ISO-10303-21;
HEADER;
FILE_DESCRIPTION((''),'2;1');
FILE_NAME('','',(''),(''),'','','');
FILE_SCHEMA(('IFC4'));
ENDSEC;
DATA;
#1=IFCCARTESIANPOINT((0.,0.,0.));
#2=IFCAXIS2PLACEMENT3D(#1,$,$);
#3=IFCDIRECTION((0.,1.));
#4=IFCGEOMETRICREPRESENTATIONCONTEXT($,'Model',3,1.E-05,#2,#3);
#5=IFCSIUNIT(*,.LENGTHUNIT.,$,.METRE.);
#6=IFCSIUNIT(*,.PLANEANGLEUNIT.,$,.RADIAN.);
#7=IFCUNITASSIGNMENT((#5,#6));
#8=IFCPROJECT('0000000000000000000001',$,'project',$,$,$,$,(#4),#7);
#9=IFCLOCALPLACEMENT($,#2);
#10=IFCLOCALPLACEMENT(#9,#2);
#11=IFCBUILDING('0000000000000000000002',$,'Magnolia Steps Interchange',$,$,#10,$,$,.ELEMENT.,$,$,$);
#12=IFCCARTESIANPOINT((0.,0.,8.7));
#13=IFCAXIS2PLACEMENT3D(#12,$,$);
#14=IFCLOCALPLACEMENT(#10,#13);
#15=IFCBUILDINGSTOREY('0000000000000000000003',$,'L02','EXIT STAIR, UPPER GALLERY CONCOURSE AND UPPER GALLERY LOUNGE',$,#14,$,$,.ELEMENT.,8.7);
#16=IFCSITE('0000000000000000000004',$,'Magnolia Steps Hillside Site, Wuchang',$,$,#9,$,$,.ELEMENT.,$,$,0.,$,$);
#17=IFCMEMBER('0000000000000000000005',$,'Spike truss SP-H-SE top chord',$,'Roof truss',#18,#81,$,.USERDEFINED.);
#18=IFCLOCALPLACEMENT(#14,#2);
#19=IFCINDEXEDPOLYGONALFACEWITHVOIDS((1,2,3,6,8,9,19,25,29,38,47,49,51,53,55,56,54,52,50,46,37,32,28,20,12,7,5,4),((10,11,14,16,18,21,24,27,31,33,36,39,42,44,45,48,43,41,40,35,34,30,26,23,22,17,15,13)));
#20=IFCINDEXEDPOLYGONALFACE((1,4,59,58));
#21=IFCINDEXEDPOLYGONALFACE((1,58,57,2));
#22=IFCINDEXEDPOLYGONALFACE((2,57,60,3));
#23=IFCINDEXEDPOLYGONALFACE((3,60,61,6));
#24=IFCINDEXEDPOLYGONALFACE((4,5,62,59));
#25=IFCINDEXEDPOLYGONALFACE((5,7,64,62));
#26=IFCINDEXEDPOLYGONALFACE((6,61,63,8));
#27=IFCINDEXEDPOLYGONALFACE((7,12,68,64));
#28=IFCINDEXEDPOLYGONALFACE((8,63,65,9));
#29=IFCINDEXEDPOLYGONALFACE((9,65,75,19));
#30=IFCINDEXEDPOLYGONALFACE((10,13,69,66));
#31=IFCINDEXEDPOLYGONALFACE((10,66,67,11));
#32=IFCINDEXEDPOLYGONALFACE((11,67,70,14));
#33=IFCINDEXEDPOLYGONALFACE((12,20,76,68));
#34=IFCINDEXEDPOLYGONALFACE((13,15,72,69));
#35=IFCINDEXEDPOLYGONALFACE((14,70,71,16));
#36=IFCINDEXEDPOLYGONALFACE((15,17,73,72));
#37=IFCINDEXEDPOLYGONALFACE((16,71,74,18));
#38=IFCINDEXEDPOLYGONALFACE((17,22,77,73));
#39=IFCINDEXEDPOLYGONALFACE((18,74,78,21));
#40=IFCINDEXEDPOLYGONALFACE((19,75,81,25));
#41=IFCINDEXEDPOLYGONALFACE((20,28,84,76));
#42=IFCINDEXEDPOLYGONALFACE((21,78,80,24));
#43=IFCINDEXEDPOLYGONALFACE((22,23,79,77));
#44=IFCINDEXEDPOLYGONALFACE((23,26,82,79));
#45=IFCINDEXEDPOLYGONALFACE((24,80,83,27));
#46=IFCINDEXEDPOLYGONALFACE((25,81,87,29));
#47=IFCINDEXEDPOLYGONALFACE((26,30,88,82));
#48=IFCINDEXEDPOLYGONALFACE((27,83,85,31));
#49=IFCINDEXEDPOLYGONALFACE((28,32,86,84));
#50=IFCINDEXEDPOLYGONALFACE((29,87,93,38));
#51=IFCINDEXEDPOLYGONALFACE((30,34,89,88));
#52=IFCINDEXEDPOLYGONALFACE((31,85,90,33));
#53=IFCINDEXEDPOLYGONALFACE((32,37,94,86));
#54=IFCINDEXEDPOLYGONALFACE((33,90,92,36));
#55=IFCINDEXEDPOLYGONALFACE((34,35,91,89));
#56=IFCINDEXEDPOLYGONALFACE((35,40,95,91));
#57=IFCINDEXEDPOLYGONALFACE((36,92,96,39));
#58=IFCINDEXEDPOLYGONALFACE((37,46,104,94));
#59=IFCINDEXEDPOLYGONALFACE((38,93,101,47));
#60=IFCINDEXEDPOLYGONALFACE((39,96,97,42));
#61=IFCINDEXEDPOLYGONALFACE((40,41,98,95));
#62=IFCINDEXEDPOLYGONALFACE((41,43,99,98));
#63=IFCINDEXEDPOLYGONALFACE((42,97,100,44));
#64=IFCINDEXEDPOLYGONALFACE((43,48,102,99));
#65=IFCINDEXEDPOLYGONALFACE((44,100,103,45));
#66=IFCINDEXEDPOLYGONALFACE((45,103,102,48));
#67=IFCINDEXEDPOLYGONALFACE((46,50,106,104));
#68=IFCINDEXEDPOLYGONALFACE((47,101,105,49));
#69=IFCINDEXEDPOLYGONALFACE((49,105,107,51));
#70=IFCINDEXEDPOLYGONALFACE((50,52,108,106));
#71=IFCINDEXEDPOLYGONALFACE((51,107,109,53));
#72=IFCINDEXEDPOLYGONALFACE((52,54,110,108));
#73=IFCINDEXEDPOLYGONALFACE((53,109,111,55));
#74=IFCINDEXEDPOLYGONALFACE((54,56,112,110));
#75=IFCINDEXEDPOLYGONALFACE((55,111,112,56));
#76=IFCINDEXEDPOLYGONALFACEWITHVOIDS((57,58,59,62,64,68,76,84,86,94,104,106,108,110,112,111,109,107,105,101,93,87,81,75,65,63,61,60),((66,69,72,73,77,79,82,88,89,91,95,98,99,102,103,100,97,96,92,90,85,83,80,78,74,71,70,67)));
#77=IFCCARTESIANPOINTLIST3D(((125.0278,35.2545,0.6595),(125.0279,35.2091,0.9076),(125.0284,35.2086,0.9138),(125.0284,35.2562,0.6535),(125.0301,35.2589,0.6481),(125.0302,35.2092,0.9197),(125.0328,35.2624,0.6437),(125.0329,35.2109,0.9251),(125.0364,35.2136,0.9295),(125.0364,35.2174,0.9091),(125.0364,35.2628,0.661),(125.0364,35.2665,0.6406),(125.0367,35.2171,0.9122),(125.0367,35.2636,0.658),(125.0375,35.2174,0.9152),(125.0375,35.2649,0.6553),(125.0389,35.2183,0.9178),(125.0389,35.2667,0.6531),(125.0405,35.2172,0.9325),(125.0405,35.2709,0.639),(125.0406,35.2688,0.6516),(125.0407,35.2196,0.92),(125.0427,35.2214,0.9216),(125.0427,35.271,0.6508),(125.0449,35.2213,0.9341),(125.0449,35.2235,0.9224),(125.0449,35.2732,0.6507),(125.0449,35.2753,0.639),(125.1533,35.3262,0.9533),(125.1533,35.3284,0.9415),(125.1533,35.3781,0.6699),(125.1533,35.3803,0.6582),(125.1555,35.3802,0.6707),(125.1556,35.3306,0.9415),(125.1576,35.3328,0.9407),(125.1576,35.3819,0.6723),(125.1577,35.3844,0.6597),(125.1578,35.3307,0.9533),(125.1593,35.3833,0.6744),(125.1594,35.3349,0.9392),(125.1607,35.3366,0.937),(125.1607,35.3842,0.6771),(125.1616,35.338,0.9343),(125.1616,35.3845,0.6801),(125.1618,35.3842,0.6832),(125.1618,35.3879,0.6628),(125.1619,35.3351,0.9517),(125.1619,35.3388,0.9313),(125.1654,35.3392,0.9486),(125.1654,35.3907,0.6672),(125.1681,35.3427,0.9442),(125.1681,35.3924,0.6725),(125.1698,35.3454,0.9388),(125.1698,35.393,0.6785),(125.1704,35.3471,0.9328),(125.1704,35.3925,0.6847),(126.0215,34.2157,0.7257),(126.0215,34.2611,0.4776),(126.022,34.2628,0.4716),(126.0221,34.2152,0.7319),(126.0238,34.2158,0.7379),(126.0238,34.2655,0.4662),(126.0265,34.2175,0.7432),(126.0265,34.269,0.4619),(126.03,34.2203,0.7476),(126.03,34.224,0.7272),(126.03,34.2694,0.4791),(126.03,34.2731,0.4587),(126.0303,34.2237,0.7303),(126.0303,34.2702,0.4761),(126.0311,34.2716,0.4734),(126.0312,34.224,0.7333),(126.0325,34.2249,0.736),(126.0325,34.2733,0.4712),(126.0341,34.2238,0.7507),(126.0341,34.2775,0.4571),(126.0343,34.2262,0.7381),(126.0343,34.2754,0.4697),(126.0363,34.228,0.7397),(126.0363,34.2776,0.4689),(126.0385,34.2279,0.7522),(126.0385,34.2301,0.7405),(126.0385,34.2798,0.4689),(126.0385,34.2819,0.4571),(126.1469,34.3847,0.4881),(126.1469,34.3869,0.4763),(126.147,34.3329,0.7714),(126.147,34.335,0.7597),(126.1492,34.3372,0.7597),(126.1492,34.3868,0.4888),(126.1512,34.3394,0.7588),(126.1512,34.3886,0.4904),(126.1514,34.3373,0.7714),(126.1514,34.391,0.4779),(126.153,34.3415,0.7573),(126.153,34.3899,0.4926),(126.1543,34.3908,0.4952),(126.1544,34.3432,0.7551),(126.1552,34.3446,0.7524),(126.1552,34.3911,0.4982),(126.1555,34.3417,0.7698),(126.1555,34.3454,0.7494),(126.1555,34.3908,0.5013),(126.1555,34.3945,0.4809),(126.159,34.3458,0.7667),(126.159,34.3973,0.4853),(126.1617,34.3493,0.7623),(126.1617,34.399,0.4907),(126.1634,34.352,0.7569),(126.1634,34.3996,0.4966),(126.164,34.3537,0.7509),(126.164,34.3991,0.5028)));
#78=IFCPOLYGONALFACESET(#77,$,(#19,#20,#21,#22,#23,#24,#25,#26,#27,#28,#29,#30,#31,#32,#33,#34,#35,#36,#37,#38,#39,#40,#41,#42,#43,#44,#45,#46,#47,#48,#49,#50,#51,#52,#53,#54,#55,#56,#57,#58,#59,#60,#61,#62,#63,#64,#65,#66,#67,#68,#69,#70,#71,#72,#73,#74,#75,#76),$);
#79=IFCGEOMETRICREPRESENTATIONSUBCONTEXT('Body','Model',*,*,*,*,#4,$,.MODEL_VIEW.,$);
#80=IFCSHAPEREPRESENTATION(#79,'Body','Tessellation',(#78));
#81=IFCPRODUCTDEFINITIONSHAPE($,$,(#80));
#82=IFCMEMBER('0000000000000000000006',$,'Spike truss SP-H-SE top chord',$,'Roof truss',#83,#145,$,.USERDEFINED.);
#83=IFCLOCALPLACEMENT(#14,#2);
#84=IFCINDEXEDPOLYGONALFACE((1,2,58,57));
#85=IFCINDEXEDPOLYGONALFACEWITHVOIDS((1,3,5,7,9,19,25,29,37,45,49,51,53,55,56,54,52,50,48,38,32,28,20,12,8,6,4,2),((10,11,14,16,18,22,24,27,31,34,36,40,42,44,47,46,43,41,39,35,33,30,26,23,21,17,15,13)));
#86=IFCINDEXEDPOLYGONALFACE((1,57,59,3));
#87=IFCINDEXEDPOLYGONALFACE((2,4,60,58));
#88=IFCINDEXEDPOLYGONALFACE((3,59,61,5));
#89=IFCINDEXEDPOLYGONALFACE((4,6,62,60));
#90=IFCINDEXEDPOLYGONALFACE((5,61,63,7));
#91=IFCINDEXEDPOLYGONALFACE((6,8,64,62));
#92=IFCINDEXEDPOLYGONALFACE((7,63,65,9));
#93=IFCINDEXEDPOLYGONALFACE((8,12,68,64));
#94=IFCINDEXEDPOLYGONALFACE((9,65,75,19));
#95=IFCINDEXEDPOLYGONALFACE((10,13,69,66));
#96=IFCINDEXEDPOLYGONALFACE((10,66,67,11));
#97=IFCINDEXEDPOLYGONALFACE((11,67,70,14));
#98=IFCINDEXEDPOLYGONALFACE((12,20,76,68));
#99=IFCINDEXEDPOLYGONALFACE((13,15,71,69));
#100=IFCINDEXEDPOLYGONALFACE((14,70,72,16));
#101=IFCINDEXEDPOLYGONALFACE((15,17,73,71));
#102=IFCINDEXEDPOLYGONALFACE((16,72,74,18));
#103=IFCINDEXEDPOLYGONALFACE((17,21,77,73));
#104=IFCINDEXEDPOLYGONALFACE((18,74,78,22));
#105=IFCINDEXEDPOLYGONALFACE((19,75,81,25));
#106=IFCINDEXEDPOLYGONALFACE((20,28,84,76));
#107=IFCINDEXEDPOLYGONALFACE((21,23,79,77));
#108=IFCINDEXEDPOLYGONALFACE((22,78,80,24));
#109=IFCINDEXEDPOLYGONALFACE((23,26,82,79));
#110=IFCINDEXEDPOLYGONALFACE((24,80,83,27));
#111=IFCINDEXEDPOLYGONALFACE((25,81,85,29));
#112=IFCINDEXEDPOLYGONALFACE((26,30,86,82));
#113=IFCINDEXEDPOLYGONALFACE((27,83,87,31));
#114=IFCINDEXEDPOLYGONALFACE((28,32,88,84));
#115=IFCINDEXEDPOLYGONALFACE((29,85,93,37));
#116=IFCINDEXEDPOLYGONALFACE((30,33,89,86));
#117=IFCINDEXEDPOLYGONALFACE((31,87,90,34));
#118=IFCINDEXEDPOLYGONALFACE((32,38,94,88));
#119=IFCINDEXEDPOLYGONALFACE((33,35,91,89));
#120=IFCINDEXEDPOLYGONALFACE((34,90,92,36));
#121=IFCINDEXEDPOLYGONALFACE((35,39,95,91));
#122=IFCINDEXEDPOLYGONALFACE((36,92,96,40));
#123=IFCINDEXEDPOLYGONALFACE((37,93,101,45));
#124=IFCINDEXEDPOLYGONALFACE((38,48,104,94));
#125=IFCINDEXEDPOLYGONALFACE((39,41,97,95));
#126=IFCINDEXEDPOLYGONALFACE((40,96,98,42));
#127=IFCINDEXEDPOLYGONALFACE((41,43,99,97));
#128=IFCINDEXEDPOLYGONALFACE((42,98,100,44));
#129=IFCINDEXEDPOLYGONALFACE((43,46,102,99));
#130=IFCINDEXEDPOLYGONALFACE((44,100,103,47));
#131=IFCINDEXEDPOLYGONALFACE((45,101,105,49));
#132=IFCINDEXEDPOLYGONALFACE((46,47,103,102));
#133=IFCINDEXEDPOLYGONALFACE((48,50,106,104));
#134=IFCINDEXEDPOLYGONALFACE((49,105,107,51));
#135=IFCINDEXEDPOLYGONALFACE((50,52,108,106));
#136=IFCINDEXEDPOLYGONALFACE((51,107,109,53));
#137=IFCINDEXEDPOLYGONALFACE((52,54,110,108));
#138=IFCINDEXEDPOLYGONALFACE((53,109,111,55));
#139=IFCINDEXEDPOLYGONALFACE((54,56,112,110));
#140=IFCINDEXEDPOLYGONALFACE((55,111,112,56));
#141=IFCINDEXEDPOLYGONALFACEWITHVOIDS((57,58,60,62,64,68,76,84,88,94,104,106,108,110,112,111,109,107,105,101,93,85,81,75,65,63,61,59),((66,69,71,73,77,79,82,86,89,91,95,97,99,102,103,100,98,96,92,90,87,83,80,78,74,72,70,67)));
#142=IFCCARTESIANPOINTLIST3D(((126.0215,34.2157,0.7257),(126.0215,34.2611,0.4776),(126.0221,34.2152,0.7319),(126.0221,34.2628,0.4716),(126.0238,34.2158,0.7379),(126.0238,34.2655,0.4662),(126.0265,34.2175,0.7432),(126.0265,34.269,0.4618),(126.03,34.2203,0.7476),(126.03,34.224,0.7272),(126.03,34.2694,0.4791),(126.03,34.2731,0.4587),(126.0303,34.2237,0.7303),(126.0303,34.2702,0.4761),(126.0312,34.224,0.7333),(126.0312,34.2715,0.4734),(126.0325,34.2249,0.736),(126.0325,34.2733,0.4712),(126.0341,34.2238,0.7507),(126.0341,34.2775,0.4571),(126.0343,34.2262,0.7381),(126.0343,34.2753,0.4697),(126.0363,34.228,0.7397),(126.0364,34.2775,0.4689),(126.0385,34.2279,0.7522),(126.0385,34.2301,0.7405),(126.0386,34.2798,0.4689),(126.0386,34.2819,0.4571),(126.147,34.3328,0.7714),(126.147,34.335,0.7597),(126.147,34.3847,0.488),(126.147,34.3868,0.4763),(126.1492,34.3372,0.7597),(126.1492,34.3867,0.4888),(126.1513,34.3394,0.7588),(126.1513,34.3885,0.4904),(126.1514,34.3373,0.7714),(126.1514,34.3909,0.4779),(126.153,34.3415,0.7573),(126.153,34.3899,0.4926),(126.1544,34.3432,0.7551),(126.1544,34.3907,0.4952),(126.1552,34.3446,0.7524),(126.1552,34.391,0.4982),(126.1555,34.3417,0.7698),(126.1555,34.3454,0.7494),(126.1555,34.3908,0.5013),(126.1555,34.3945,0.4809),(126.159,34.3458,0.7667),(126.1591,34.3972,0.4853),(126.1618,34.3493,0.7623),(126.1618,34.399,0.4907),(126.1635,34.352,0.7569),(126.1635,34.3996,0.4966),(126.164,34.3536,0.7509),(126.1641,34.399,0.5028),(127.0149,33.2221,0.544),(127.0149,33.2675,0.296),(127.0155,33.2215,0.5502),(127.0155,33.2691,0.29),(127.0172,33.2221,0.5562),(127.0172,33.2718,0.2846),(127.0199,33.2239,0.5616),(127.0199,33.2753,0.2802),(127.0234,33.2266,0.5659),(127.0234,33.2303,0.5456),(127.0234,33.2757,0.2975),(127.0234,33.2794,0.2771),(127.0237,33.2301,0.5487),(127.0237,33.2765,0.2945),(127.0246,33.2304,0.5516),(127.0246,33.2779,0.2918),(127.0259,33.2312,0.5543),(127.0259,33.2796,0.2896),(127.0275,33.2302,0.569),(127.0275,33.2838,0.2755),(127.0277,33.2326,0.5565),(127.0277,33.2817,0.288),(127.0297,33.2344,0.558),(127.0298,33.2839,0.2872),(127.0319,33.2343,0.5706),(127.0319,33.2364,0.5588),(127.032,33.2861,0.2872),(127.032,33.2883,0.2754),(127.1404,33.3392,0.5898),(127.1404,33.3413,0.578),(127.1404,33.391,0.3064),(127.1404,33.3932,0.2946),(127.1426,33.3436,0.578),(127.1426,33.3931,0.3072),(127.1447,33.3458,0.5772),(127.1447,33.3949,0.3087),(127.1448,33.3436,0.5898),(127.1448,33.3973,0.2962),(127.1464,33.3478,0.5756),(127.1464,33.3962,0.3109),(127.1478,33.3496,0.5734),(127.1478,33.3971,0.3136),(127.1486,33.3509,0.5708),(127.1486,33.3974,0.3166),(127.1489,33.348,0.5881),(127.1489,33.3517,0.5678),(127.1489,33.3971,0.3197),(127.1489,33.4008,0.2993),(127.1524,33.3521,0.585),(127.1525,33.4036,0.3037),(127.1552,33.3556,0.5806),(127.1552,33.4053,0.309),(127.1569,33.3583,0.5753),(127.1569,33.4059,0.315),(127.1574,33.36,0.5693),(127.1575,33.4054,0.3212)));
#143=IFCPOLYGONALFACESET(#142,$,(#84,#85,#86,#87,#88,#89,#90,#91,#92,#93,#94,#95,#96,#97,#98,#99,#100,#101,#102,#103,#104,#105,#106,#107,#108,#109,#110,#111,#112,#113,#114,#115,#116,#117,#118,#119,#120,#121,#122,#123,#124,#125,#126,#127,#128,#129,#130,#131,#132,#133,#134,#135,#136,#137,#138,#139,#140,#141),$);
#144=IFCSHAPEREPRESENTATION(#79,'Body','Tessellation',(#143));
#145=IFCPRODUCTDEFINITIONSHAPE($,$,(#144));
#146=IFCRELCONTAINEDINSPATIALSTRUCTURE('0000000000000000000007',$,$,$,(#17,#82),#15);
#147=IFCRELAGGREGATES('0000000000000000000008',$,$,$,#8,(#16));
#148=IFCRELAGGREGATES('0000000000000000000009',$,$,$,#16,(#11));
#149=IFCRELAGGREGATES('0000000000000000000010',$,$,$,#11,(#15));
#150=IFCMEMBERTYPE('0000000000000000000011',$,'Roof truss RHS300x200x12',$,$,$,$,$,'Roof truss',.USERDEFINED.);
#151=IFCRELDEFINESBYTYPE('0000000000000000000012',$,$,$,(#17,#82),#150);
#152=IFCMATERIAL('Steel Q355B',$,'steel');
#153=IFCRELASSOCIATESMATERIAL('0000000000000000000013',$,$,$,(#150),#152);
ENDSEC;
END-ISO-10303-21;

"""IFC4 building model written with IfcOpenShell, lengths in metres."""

from ifc_helpers import new_model, si_unit, direction, frame, origin, origin_2d, place, context, subcontext, project, spatial, hollow_rectangle, extrude, material, material_profile, profile_set, type_object, element, save


model = new_model("IFC4")

# Units and contexts
model_context = context("Model", 3, precision=1e-05, world=origin(), true_north=direction((0.0, 1.0)))
body_context = subcontext(model_context, "Body", "Model", "MODEL_VIEW")
ifc_project = project(units=[si_unit("LENGTHUNIT", "METRE"), si_unit("PLANEANGLEUNIT", "RADIAN")], contexts=[model_context])

# Site, building, storey
site_placement = place(None, origin())
site = spatial("IfcSite", under=ifc_project, at=site_placement, Name="Magnolia Steps Hillside Site, Wuchang", CompositionType="ELEMENT", RefElevation=0.0)
building_placement = place(site_placement, origin())
building = spatial("IfcBuilding", under=site, at=building_placement, Name="Magnolia Steps Interchange", CompositionType="ELEMENT")
storey_placement = place(building_placement, frame((0.0, 0.0, 8.7)))
storey = spatial("IfcBuildingStorey", under=building, at=storey_placement, Name="L02", Description="EXIT STAIR, UPPER GALLERY CONCOURSE AND UPPER GALLERY LOUNGE", CompositionType="ELEMENT", Elevation=8.7)

# Members
ifc_material_1 = material(Name="Steel Q355B", Category="steel")
ifc_material_profile_1 = material_profile(ifc_material_1, hollow_rectangle(XDim=0.2, YDim=0.3, WallThickness=0.012, InnerFilletRadius=0.012, OuterFilletRadius=0.0239, at=origin_2d()), Name="RHS300x200x12")
ifc_profile_set_1 = profile_set([ifc_material_profile_1], Name="Steel Q355B")
member_type_1 = type_object("IfcMemberType", Name="Roof truss RHS300x200x12", ElementType="Roof truss", PredefinedType="USERDEFINED", material=ifc_profile_set_1)
for number, where, z_axis, x_axis, name in (
    (1, (125.0991, 35.3008, 0.7961), (0.701342, -0.701169, -0.128378), (0.712825, 0.689897, 0.126185), "Spike truss SP-H-SE top chord"),
    (2, (126.0928, 34.3074, 0.6143), (0.701185, -0.701357, -0.128209), (0.712979, 0.689737, 0.126188), "Spike truss SP-H-SE top chord"),
):
    element("IfcMember", number, at=place(storey_placement, frame(where, z_axis=z_axis, x_axis=x_axis)), inside=storey, type_object=member_type_1, Name=name, ObjectType="Roof truss", PredefinedType="USERDEFINED", context=body_context, shape_type="SweptSolid", body=[
        extrude(hollow_rectangle(XDim=0.2, YDim=0.3, WallThickness=0.012, InnerFilletRadius=0.012, OuterFilletRadius=0.0239, at=origin_2d()), origin(), (0.0, 0.0, 1.0), 1.4167),
    ])

save(model, "model.ifc")
